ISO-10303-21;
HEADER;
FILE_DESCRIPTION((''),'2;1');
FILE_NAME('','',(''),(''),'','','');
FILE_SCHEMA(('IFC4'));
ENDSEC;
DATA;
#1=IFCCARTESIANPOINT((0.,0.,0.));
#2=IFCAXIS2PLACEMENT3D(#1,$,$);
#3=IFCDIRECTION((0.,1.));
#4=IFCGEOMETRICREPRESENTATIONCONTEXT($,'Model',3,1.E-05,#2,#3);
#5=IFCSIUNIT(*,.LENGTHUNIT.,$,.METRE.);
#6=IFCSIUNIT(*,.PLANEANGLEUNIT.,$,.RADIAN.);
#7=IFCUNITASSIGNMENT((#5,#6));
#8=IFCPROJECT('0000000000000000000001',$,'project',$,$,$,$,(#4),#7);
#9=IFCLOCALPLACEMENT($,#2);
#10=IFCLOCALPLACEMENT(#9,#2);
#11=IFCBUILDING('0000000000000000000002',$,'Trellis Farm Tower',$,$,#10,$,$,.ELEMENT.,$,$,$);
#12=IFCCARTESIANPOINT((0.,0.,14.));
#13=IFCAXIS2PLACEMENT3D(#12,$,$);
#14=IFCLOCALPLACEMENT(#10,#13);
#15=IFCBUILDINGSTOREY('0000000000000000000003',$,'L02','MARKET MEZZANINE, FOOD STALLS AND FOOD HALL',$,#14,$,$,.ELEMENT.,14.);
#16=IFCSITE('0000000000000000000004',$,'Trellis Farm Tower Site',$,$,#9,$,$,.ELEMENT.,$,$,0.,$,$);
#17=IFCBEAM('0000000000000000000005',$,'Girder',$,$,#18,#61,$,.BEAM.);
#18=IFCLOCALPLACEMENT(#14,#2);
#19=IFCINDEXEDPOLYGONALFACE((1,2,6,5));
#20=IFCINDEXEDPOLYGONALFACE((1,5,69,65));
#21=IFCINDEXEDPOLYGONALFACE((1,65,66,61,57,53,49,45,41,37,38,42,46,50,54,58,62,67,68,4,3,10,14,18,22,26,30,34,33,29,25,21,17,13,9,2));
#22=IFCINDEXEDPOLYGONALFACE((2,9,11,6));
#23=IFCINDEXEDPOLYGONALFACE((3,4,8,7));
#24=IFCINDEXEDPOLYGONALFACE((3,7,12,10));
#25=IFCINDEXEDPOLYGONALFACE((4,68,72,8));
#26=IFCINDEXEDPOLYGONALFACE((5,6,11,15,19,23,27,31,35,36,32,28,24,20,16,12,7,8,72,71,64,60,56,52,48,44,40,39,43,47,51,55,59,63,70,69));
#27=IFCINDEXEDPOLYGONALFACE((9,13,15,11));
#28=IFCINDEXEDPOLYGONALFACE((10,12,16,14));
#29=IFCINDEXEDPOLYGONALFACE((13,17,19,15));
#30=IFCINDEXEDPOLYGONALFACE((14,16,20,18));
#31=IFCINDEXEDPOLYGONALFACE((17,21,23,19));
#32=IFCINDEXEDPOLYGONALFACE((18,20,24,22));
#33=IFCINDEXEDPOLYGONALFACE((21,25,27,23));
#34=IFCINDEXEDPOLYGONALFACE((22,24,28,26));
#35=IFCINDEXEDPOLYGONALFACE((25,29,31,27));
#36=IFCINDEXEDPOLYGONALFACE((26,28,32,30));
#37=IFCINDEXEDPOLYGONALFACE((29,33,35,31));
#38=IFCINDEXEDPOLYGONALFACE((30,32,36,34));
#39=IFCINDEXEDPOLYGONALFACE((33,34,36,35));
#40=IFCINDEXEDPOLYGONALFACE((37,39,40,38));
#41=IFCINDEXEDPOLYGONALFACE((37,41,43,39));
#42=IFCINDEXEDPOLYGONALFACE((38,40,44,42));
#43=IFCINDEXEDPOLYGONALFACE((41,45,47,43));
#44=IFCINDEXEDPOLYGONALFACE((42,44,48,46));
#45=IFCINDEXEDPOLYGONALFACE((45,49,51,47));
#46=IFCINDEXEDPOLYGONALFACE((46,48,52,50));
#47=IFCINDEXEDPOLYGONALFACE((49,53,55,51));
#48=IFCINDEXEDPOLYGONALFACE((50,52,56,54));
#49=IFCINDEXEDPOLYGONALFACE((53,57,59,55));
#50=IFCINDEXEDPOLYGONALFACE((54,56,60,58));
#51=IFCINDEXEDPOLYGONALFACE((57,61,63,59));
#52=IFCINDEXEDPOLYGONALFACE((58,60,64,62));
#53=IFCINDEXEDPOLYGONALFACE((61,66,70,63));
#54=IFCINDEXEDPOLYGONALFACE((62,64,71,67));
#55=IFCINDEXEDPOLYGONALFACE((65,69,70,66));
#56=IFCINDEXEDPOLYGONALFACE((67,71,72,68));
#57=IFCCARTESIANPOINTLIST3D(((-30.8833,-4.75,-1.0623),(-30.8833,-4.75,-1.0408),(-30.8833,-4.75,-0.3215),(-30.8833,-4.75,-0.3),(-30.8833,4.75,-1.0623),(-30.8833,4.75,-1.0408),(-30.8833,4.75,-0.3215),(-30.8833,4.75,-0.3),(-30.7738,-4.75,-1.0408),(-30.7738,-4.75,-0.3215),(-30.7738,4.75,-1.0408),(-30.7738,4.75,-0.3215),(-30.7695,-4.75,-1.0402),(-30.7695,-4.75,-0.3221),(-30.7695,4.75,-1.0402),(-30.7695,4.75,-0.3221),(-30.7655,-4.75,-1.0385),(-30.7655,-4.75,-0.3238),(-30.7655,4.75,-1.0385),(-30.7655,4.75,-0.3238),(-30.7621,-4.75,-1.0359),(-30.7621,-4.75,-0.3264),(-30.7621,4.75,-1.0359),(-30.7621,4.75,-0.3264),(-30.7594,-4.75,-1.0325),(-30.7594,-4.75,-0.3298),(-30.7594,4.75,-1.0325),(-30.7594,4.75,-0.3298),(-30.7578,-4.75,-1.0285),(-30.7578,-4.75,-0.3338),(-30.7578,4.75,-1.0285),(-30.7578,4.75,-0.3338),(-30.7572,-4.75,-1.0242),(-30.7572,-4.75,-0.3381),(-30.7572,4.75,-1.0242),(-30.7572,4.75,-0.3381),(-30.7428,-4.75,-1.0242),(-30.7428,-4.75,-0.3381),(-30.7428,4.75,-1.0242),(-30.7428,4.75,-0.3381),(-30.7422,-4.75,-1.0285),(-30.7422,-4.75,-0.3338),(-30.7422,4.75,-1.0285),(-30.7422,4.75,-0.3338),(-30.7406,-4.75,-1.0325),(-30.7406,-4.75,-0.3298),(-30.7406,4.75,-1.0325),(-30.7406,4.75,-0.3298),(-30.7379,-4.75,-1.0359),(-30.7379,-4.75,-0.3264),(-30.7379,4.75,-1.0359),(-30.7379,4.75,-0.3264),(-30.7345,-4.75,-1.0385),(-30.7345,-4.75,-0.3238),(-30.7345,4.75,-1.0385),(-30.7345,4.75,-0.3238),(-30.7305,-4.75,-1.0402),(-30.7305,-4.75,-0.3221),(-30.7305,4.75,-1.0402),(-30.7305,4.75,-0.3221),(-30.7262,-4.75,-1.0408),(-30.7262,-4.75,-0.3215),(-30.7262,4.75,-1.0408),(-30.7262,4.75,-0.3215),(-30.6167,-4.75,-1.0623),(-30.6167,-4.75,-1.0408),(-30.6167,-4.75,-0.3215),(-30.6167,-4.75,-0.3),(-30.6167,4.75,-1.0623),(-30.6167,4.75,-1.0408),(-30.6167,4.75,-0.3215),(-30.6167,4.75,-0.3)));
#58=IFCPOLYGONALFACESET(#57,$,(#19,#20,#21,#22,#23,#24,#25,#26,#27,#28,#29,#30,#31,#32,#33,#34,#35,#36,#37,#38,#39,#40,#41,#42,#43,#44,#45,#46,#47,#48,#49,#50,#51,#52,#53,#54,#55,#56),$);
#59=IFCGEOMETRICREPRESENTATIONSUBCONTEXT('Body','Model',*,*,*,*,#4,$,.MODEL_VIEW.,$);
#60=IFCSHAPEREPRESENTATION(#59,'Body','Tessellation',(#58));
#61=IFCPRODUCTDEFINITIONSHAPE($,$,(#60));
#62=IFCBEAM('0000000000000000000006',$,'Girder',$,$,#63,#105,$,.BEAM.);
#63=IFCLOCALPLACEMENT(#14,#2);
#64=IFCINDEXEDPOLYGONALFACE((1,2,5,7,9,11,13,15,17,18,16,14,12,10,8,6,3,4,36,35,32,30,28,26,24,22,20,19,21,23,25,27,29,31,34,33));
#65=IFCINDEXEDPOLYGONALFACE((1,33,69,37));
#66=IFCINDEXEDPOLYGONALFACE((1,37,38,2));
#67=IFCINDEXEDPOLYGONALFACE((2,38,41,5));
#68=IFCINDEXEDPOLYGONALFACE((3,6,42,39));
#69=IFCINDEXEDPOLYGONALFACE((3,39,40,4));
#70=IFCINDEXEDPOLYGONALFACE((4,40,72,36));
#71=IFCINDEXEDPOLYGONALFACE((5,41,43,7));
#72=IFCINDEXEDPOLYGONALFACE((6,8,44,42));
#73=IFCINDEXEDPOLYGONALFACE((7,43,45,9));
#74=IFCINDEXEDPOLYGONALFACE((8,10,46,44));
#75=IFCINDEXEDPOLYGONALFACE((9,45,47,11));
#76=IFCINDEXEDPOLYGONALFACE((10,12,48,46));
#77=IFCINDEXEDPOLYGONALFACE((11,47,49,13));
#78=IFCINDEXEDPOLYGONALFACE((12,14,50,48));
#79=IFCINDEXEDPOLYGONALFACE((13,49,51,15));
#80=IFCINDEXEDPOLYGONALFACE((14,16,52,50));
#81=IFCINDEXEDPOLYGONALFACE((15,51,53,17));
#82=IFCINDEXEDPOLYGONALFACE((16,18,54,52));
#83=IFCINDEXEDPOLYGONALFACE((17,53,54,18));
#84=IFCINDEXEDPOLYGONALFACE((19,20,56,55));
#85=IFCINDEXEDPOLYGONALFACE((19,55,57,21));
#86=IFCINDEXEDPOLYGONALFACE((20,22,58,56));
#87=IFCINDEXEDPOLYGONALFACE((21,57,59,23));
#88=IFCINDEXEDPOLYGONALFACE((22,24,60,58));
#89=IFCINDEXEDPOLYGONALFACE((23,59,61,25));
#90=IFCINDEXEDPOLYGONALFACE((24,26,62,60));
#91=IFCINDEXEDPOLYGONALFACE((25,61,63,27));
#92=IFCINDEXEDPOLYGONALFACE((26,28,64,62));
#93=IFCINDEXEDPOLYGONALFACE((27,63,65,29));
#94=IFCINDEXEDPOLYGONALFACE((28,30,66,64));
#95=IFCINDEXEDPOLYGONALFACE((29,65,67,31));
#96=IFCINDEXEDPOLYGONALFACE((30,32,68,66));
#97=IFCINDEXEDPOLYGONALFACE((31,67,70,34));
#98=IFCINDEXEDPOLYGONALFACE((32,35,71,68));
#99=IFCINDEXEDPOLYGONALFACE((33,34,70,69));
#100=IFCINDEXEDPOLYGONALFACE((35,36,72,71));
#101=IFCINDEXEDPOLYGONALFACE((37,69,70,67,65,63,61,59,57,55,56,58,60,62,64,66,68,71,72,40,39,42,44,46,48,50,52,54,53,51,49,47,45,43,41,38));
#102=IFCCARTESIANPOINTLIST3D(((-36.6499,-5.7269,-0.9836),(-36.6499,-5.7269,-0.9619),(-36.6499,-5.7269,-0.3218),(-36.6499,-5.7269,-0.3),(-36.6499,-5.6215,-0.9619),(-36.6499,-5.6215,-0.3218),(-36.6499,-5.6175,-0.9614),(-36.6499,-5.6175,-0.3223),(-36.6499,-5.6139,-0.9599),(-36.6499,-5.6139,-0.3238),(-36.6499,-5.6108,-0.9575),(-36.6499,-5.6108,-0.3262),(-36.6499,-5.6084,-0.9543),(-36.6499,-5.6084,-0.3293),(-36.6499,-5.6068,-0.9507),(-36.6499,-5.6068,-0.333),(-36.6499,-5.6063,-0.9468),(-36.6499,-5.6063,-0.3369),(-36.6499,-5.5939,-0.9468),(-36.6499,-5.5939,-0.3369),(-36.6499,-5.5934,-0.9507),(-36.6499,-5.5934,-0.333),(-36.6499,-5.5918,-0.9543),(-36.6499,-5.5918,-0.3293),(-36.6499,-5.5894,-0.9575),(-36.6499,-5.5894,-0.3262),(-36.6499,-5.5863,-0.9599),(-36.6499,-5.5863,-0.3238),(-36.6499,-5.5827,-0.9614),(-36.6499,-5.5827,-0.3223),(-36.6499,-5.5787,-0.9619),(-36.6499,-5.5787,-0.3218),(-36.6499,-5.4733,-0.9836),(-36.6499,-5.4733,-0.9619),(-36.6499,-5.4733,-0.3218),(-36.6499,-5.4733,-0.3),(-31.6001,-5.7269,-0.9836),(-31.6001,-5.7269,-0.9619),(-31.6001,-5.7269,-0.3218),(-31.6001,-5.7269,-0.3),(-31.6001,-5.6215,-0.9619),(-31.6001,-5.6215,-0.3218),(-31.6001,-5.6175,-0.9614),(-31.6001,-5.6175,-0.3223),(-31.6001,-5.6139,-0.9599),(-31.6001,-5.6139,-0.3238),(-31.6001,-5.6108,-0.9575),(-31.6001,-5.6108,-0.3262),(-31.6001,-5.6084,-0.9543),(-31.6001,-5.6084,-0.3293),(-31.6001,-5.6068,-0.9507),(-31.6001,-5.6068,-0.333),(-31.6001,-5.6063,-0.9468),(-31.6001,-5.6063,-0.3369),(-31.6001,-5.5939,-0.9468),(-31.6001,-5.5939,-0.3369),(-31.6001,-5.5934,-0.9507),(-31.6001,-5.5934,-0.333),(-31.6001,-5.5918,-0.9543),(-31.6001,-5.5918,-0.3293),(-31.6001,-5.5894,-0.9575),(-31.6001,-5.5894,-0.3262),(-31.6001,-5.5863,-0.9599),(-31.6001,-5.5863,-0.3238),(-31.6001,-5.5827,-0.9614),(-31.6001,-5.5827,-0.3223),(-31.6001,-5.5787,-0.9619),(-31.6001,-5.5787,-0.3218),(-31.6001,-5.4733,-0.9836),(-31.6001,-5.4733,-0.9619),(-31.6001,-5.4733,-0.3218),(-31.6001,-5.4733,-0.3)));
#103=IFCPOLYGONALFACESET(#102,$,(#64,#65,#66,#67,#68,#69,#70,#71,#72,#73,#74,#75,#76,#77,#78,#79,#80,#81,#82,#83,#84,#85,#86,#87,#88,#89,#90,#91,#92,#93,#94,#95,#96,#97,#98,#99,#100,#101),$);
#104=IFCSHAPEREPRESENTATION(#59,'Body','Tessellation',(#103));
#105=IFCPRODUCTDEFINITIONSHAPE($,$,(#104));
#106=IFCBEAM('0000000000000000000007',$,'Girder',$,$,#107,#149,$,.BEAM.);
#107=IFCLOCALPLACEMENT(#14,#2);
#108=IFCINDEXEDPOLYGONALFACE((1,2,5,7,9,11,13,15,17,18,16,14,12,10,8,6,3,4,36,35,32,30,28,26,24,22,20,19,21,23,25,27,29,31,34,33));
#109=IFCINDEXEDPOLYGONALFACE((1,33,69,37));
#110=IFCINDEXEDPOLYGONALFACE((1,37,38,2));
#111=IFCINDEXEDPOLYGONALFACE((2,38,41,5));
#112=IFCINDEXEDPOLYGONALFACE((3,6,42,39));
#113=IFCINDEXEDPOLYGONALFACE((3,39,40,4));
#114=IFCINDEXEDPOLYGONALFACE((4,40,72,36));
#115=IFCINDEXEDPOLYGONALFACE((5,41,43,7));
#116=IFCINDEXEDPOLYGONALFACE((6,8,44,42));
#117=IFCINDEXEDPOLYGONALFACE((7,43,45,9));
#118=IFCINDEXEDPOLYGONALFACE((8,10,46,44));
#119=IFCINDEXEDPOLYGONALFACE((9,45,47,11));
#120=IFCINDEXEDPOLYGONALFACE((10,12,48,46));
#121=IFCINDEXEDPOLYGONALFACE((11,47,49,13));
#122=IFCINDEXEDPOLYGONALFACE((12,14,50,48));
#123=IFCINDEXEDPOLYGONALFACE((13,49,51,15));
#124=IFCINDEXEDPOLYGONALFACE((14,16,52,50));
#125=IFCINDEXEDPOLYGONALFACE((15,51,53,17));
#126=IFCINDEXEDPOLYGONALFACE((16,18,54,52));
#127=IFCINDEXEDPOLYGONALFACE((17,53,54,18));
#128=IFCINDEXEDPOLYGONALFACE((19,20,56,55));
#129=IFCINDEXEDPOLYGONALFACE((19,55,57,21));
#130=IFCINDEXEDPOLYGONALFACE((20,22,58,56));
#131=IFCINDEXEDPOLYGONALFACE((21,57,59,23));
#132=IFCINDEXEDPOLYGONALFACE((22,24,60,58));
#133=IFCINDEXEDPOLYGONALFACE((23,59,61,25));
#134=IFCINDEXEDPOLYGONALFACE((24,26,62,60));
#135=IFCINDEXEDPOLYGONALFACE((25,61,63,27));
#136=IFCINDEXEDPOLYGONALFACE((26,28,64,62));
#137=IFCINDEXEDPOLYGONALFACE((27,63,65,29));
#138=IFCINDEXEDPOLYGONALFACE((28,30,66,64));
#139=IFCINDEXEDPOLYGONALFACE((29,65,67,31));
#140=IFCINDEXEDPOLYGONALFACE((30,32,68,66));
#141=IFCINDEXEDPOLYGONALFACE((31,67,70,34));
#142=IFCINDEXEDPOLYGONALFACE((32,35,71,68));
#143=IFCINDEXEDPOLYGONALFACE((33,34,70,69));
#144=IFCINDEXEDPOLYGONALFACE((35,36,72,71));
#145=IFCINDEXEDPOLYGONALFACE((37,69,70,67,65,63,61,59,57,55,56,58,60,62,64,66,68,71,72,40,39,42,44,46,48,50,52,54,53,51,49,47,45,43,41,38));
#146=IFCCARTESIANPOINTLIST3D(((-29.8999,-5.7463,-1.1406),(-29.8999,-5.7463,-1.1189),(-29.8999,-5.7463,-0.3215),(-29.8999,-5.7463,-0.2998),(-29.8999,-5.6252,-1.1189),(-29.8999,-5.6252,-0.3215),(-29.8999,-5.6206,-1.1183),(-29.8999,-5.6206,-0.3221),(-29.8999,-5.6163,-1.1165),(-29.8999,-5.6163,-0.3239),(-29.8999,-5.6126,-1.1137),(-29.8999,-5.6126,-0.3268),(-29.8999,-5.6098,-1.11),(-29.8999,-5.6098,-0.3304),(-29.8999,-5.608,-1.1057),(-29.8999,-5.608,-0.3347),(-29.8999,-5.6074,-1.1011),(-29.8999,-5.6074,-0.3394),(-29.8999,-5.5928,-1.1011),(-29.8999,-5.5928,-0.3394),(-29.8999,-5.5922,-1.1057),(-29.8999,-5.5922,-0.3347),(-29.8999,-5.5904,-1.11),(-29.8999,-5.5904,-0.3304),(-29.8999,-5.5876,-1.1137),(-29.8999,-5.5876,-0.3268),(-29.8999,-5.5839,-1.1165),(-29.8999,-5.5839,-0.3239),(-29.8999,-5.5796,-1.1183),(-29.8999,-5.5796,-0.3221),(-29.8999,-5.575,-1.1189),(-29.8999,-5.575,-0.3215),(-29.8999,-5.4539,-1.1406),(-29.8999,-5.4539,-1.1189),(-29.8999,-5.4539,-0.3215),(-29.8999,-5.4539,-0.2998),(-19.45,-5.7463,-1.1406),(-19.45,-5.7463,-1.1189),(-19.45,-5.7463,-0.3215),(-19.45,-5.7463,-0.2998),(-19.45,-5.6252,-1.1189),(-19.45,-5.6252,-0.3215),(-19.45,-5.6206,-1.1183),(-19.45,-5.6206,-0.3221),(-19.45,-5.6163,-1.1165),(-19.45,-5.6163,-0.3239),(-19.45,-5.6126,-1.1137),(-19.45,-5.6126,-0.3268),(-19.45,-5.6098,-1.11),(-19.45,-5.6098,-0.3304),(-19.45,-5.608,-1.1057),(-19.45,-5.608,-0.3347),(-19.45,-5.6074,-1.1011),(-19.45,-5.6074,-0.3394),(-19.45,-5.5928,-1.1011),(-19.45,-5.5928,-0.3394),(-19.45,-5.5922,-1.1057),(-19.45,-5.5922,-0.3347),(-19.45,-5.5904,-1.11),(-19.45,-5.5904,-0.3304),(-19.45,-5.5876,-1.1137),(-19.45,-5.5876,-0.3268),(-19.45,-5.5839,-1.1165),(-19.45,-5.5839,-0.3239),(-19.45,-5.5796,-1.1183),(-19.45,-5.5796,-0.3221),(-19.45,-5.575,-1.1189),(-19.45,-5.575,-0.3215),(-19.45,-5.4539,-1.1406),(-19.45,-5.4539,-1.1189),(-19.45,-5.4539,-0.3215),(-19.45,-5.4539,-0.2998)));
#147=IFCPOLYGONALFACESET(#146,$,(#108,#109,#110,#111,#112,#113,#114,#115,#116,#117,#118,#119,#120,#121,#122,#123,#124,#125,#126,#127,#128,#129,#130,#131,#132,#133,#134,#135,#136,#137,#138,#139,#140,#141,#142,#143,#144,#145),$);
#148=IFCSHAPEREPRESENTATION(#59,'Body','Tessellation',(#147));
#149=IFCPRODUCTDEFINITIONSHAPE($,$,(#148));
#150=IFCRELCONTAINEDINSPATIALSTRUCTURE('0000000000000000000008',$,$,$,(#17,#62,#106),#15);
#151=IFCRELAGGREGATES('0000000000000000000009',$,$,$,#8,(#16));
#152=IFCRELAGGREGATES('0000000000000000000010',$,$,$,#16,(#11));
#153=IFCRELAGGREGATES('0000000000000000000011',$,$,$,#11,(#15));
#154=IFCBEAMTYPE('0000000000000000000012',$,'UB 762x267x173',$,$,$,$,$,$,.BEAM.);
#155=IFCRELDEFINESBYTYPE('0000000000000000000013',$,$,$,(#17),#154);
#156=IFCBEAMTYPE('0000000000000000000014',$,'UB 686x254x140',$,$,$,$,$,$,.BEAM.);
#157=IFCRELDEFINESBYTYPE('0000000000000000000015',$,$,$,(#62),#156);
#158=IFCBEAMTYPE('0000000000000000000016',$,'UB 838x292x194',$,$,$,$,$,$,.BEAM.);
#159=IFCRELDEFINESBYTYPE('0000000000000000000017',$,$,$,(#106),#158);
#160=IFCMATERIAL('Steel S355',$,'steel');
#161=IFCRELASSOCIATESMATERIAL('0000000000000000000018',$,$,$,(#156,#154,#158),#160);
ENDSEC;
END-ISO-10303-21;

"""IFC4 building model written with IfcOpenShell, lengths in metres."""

from ifc_helpers import new_model, si_unit, direction, frame, origin, origin_2d, place, context, subcontext, project, spatial, i_section, extrude, source, transform, mapped, material, material_profile, profile_set, type_object, element, save


model = new_model("IFC4")

# Units and contexts
model_context = context("Model", 3, precision=1e-05, world=origin(), true_north=direction((0.0, 1.0)))
body_context = subcontext(model_context, "Body", "Model", "MODEL_VIEW")
ifc_project = project(units=[si_unit("LENGTHUNIT", "METRE"), si_unit("PLANEANGLEUNIT", "RADIAN")], contexts=[model_context])

# Site, building, storey
site_placement = place(None, origin())
site = spatial("IfcSite", under=ifc_project, at=site_placement, Name="Trellis Farm Tower Site", CompositionType="ELEMENT", RefElevation=0.0)
building_placement = place(site_placement, origin())
building = spatial("IfcBuilding", under=site, at=building_placement, Name="Trellis Farm Tower", CompositionType="ELEMENT")
storey_placement = place(building_placement, frame((0.0, 0.0, 14.0)))
storey = spatial("IfcBuildingStorey", under=building, at=storey_placement, Name="L02", Description="MARKET MEZZANINE, FOOD STALLS AND FOOD HALL", CompositionType="ELEMENT", Elevation=14.0)

# Beams
ifc_material_1 = material(Name="Steel S355", Category="steel")
ifc_material_profile_1 = material_profile(ifc_material_1, i_section(OverallWidth=0.2537, OverallDepth=0.6836, WebThickness=0.0125, FlangeThickness=0.0217, FilletRadius=0.0151, at=origin_2d()), Name="UB 686x254x140")
ifc_profile_set_1 = profile_set([ifc_material_profile_1], Name="Steel S355")
beam_type_1 = type_object("IfcBeamType", Name="UB 686x254x140", PredefinedType="BEAM", material=ifc_profile_set_1)
ifc_material_profile_2 = material_profile(ifc_material_1, i_section(OverallWidth=0.2666, OverallDepth=0.7622, WebThickness=0.0144, FlangeThickness=0.0215, FilletRadius=0.0166, at=origin_2d()), Name="UB 762x267x173")
ifc_profile_set_2 = profile_set([ifc_material_profile_2], Name="Steel S355")
beam_type_2 = type_object("IfcBeamType", Name="UB 762x267x173", PredefinedType="BEAM", material=ifc_profile_set_2)
shared_shape_1 = source(origin(), body_context, "Body", "SweptSolid", [
    extrude(i_section(OverallWidth=0.2666, OverallDepth=0.7622, WebThickness=0.0144, FlangeThickness=0.0215, FilletRadius=0.0166, at=origin_2d()), origin(), (0.0, 0.0, 1.0), 9.5),
])
beam_1_placement = place(storey_placement, frame((-30.75, -4.75, -0.6812), z_axis=(0.0, 1.0, 0.0), x_axis=(-1.0, 0.0, 0.0)))
element("IfcBeam", 1, at=beam_1_placement, inside=storey, type_object=beam_type_2, Name="Girder", PredefinedType="BEAM", context=body_context, shape_type="MappedRepresentation", body=[
    mapped(shared_shape_1, transform((0.0, 0.0, 0.0))),
])
shared_shape_2 = source(origin(), body_context, "Body", "SweptSolid", [
    extrude(i_section(OverallWidth=0.2537, OverallDepth=0.6836, WebThickness=0.0125, FlangeThickness=0.0217, FilletRadius=0.0151, at=origin_2d()), origin(), (0.0, 0.0, 1.0), 5.0498),
])
beam_2_placement = place(storey_placement, frame((-36.6499, -5.6001, -0.6418), z_axis=(1.0, 0.0, 0.0), x_axis=(0.0, 1.0, 0.0)))
element("IfcBeam", 2, at=beam_2_placement, inside=storey, type_object=beam_type_1, Name="Girder", PredefinedType="BEAM", context=body_context, shape_type="MappedRepresentation", body=[
    mapped(shared_shape_2, transform((0.0, 0.0, 0.0))),
])
ifc_material_profile_3 = material_profile(ifc_material_1, i_section(OverallWidth=0.2925, OverallDepth=0.8408, WebThickness=0.0146, FlangeThickness=0.0217, FilletRadius=0.0178, at=origin_2d()), Name="UB 838x292x194")
ifc_profile_set_3 = profile_set([ifc_material_profile_3], Name="Steel S355")
beam_type_3 = type_object("IfcBeamType", Name="UB 838x292x194", PredefinedType="BEAM", material=ifc_profile_set_3)
shared_shape_3 = source(origin(), body_context, "Body", "SweptSolid", [
    extrude(i_section(OverallWidth=0.2925, OverallDepth=0.8408, WebThickness=0.0146, FlangeThickness=0.0217, FilletRadius=0.0178, at=origin_2d()), origin(), (0.0, 0.0, 1.0), 10.45),
])
beam_3_placement = place(storey_placement, frame((-29.8999, -5.6001, -0.7202), z_axis=(1.0, 0.0, 0.0), x_axis=(0.0, 1.0, 0.0)))
element("IfcBeam", 3, at=beam_3_placement, inside=storey, type_object=beam_type_3, Name="Girder", PredefinedType="BEAM", context=body_context, shape_type="MappedRepresentation", body=[
    mapped(shared_shape_3, transform((0.0, 0.0, 0.0))),
])

save(model, "model.ifc")
